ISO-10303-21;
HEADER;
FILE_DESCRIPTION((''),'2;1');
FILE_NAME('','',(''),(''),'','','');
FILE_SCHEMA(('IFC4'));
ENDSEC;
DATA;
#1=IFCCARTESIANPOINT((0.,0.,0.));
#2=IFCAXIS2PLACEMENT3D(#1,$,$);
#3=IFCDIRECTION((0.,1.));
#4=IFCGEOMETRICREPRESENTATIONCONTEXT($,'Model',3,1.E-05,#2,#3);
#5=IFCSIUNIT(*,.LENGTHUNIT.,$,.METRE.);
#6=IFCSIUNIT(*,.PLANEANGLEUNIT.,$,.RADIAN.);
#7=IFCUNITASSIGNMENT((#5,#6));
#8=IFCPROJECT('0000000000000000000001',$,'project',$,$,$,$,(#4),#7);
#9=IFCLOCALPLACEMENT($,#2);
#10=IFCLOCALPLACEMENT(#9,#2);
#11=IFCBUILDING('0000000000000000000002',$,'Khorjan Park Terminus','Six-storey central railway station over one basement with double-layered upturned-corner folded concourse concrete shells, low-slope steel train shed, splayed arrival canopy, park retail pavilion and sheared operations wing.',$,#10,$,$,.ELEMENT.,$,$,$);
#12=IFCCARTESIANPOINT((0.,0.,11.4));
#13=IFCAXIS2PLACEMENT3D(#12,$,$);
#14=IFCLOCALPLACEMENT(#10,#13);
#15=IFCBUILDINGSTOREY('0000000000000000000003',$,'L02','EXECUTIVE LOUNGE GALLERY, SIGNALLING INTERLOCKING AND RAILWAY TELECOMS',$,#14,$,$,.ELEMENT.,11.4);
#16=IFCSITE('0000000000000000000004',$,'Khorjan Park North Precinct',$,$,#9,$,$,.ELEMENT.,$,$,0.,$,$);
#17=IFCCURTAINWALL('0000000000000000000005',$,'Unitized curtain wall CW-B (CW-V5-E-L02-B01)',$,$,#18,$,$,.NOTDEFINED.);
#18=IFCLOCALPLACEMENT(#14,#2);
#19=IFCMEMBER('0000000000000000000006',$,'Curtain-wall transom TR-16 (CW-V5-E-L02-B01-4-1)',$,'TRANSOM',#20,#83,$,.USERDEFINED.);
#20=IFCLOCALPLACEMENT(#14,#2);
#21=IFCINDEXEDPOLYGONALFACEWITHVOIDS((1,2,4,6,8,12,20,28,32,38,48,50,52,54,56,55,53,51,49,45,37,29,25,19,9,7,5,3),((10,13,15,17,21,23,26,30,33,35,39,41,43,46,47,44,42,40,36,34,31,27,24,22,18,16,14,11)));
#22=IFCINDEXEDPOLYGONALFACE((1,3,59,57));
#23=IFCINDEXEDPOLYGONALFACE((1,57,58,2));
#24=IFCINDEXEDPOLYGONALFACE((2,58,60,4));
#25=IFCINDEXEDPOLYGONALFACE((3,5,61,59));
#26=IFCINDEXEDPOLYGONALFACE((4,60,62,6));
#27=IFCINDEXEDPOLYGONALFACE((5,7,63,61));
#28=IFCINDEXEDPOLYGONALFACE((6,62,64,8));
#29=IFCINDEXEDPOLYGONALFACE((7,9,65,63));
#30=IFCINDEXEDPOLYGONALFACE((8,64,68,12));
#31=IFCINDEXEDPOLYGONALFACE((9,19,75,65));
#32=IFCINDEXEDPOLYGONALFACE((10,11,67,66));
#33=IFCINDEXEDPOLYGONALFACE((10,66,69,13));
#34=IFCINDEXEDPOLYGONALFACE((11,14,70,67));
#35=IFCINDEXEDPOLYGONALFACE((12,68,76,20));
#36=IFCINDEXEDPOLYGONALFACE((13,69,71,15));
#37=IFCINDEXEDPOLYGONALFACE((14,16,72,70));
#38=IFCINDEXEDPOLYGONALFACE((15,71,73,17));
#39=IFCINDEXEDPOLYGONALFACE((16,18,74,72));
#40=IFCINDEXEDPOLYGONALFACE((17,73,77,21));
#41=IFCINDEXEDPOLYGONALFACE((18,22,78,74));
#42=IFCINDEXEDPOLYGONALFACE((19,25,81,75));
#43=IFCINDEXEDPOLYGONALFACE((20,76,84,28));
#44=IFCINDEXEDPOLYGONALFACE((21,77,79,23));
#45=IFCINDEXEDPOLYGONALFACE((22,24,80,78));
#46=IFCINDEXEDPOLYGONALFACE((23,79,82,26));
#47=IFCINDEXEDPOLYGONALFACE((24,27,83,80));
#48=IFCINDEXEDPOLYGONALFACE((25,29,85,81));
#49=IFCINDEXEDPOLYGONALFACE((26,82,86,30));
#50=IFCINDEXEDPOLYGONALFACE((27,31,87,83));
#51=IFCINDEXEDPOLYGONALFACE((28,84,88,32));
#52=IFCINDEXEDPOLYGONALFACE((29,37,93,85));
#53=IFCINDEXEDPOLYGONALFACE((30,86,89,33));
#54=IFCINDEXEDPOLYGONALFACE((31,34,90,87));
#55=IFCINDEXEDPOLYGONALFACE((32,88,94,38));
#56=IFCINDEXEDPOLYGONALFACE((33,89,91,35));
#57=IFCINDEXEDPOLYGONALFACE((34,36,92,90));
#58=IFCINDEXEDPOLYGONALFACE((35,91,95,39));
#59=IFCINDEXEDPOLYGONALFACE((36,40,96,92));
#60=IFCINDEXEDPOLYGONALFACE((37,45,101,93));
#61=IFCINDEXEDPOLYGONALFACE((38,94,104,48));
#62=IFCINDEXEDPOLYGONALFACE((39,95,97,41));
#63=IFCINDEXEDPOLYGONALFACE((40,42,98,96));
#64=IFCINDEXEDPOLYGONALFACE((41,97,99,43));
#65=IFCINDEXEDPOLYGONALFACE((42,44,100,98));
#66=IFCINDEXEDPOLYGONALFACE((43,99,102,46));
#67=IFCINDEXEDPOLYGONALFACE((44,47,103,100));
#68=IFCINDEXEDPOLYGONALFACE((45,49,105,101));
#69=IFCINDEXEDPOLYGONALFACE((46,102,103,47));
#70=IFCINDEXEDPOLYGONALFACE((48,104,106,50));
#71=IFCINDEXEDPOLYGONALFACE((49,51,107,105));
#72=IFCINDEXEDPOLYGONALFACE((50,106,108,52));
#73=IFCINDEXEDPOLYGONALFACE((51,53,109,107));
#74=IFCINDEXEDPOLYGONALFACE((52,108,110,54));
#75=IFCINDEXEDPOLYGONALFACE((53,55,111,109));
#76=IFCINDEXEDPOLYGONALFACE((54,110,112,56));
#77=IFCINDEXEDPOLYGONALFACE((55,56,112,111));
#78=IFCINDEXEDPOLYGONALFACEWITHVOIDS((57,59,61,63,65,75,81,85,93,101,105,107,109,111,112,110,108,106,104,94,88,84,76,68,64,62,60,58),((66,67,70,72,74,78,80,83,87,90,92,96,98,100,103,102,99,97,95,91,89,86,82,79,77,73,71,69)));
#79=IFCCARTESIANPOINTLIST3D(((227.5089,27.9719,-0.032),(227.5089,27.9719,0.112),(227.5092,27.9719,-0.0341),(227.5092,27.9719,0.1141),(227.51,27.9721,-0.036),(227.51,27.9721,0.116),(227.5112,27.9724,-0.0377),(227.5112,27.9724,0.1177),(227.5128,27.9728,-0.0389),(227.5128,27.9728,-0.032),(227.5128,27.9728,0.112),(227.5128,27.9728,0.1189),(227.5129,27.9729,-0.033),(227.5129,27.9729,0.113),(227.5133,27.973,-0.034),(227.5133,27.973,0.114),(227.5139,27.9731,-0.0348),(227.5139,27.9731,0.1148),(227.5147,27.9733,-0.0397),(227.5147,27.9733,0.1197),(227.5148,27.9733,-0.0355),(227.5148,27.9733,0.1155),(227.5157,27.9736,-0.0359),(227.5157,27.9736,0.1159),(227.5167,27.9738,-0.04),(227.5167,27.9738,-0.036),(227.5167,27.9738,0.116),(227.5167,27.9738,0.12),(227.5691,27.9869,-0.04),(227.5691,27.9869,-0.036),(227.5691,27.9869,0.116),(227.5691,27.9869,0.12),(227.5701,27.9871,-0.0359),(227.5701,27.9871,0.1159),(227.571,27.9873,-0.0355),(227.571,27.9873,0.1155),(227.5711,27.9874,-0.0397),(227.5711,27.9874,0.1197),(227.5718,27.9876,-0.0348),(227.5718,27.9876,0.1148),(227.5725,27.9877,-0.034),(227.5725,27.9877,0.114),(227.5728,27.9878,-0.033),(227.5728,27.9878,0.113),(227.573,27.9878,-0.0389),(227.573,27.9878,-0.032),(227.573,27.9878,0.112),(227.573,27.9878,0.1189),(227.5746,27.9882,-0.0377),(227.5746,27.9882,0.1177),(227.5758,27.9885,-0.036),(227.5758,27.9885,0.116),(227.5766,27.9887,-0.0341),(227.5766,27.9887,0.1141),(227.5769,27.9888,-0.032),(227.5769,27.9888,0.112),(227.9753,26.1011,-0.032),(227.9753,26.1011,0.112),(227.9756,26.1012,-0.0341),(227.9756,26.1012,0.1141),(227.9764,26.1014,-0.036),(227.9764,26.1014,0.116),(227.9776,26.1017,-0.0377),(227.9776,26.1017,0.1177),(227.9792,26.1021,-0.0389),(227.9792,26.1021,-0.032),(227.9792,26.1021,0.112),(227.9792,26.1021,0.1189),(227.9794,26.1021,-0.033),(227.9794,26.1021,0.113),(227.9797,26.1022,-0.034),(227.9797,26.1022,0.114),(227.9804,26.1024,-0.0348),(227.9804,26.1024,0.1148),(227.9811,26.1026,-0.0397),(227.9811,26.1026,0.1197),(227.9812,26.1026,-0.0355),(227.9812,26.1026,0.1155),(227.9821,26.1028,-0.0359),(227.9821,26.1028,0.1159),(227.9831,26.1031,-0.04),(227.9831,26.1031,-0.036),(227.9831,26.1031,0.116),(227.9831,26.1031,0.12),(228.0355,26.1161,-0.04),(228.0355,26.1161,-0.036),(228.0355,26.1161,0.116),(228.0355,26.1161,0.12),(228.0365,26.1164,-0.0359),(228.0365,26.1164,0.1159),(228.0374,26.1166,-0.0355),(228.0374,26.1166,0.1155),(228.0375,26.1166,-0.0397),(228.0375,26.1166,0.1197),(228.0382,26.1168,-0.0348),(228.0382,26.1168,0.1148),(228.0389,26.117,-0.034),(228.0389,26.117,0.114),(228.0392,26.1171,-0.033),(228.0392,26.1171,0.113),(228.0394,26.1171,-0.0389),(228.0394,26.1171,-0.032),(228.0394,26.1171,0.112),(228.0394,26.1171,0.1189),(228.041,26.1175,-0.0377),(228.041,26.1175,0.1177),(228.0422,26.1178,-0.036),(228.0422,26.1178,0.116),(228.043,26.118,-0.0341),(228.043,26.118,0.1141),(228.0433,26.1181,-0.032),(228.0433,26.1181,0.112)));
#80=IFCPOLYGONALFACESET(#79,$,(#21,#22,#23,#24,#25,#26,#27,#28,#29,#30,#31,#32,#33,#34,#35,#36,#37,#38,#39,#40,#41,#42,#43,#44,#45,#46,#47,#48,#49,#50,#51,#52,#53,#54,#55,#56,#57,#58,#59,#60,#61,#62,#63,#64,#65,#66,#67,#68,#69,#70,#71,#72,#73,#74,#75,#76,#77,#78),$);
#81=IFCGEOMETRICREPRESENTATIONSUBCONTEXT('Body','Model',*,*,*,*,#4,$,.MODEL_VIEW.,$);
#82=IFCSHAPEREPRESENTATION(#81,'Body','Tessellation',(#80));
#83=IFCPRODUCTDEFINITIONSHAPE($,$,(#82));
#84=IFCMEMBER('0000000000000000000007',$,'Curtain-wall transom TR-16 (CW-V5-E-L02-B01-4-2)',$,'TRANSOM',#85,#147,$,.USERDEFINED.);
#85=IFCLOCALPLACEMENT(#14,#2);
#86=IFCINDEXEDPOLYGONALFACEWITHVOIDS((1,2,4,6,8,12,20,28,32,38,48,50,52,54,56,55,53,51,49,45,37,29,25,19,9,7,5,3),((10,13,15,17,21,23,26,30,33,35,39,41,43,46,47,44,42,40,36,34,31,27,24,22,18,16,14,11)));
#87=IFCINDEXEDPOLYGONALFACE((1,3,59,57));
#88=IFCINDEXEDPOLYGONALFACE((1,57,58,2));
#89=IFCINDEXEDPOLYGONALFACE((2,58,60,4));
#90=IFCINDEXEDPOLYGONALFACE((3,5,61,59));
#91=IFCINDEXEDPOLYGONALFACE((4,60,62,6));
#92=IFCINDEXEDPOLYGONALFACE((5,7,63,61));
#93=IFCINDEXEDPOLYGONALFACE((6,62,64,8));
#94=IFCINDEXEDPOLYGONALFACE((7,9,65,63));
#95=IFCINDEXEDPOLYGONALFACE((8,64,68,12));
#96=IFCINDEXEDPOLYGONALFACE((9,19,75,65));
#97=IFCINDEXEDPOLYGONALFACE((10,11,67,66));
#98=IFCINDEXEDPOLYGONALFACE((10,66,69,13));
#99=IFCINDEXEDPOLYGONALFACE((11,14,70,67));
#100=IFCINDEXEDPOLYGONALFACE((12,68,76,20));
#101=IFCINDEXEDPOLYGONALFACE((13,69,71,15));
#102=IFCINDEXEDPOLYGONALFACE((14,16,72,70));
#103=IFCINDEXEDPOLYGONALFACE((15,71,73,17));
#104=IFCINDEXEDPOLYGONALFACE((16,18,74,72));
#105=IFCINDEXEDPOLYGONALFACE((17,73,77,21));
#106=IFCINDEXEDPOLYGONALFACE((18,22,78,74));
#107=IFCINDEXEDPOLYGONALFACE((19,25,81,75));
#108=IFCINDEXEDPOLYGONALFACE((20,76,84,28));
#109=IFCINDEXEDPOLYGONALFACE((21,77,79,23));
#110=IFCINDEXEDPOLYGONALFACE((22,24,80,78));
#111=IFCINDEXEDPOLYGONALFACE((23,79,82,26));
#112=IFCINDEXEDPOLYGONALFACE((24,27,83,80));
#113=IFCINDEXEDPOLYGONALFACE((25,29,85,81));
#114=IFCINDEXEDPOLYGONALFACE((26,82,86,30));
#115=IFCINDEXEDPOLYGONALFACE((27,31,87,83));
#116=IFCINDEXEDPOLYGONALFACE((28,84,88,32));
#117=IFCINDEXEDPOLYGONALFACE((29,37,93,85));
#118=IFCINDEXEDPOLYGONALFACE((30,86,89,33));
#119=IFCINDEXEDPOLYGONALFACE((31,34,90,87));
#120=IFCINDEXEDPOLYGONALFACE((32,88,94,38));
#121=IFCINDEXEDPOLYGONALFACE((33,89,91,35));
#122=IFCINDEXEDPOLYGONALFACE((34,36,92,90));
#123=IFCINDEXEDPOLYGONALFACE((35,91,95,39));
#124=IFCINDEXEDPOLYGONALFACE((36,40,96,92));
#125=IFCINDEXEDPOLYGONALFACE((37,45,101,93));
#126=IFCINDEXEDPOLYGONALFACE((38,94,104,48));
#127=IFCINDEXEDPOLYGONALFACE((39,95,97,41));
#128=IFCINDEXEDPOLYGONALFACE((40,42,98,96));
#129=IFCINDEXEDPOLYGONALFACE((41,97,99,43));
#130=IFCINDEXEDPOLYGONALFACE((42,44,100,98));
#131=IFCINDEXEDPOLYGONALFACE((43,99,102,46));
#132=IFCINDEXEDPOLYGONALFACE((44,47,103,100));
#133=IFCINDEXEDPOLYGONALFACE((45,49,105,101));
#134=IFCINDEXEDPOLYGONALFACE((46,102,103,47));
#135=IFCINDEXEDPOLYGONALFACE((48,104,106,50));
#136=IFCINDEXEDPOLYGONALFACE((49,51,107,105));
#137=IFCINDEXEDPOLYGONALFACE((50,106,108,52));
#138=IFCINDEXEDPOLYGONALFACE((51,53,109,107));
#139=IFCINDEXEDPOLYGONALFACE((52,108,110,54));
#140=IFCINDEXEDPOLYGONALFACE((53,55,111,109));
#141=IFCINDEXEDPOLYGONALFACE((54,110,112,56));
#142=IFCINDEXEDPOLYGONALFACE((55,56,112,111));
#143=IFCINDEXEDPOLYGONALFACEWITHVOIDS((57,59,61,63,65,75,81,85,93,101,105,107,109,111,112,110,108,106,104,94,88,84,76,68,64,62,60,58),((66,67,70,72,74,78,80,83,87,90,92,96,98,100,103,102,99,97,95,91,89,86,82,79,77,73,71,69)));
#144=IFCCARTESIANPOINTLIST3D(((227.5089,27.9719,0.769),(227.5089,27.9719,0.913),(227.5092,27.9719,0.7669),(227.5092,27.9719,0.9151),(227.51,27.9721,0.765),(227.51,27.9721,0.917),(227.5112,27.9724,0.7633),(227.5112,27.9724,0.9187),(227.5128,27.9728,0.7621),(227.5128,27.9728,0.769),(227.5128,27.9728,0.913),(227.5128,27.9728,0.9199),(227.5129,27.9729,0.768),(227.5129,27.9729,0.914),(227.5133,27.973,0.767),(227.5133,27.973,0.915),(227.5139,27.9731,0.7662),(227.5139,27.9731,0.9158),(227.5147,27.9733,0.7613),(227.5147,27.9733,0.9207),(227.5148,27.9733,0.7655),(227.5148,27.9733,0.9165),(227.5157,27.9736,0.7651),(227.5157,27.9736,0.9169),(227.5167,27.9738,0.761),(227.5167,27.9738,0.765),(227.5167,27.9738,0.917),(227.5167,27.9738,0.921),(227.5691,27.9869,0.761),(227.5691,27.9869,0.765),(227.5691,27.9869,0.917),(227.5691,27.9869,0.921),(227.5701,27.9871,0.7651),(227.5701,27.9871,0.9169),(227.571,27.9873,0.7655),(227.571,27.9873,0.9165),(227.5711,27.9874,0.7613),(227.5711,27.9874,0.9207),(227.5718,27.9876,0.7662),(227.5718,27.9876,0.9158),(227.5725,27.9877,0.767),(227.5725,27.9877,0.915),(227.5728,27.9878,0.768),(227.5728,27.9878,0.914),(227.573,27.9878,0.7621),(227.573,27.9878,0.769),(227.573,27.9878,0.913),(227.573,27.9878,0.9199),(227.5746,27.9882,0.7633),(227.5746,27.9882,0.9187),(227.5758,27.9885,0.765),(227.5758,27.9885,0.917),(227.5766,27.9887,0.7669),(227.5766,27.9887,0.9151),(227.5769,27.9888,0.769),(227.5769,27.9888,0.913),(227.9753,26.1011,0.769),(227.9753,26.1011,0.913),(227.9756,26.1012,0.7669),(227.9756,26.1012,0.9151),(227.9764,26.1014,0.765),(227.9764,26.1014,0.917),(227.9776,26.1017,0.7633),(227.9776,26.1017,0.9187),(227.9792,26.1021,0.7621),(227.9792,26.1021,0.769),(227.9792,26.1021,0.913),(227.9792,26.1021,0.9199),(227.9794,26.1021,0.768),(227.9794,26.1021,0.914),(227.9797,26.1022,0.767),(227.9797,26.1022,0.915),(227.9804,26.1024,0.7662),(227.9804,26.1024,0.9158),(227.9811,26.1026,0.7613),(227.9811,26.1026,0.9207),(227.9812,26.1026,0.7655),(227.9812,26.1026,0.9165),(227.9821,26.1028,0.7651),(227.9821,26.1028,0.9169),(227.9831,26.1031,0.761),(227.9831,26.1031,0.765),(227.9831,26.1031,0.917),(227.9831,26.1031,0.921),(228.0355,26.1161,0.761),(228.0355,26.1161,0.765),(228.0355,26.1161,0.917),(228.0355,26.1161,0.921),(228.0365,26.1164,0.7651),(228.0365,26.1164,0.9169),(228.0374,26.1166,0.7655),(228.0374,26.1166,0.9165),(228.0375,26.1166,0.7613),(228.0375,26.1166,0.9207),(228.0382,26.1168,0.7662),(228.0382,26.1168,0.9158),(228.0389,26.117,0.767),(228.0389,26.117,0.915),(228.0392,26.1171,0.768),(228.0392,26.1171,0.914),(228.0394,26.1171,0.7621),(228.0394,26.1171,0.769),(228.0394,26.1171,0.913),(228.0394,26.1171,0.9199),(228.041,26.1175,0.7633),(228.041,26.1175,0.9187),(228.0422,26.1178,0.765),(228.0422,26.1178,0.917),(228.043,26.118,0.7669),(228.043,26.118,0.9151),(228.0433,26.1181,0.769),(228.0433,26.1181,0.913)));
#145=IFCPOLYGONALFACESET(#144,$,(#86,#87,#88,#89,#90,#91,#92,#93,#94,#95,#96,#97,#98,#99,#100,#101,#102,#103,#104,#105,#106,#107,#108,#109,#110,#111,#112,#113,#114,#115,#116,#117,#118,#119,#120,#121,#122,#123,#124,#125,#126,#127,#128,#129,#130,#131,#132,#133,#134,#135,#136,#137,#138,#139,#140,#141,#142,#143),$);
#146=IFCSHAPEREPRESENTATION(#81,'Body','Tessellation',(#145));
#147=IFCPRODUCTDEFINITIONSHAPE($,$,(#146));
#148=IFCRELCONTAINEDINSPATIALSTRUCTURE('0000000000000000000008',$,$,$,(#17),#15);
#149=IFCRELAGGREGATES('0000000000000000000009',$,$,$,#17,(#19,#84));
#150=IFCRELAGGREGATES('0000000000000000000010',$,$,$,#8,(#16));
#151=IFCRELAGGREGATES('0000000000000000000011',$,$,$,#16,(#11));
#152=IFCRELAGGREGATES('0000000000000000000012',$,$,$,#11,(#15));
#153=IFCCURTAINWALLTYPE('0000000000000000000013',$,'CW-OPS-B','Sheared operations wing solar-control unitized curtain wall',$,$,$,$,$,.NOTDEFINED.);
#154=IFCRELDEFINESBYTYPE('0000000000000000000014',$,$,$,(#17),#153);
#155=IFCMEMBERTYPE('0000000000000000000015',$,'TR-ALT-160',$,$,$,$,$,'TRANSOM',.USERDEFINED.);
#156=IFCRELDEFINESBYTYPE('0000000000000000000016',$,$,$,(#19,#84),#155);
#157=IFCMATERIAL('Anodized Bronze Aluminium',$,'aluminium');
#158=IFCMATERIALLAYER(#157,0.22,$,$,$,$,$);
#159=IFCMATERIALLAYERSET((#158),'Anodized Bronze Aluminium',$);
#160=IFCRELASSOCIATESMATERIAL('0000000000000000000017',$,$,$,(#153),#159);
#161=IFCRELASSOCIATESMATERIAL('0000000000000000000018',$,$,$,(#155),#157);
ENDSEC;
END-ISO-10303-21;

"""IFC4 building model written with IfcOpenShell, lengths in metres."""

from ifc_helpers import new_model, si_unit, direction, frame, origin, origin_2d, place, context, subcontext, project, spatial, hollow_rectangle, extrude, material, layer, layer_set, material_profile, profile_set, type_object, element, aggregate, save


model = new_model("IFC4")

# Units and contexts
model_context = context("Model", 3, precision=1e-05, world=origin(), true_north=direction((0.0, 1.0)))
body_context = subcontext(model_context, "Body", "Model", "MODEL_VIEW")
ifc_project = project(units=[si_unit("LENGTHUNIT", "METRE"), si_unit("PLANEANGLEUNIT", "RADIAN")], contexts=[model_context])

# Site, building, storey
site_placement = place(None, origin())
site = spatial("IfcSite", under=ifc_project, at=site_placement, Name="Khorjan Park North Precinct", CompositionType="ELEMENT", RefElevation=0.0)
building_placement = place(site_placement, origin())
building = spatial("IfcBuilding", under=site, at=building_placement, Name="Khorjan Park Terminus", Description="Six-storey central railway station over one basement with double-layered upturned-corner folded concourse concrete shells, low-slope steel train shed, splayed arrival canopy, park retail pavilion and sheared operations wing.", CompositionType="ELEMENT")
storey_placement = place(building_placement, frame((0.0, 0.0, 11.4)))
storey = spatial("IfcBuildingStorey", under=building, at=storey_placement, Name="L02", Description="EXECUTIVE LOUNGE GALLERY, SIGNALLING INTERLOCKING AND RAILWAY TELECOMS", CompositionType="ELEMENT", Elevation=11.4)

# Curtain wall, members
ifc_material_1 = material(Name="Anodized Bronze Aluminium", Category="aluminium")
ifc_layer_1 = layer(ifc_material_1, 0.22)
ifc_layer_set_1 = layer_set([ifc_layer_1], Name="Anodized Bronze Aluminium")
curtain_wall_type = type_object("IfcCurtainWallType", Name="CW-OPS-B", Description="Sheared operations wing solar-control unitized curtain wall", PredefinedType="NOTDEFINED", material=ifc_layer_set_1)
curtain_wall_1_placement = place(storey_placement, origin())
curtain_wall_1 = element("IfcCurtainWall", 1, at=curtain_wall_1_placement, inside=storey, type_object=curtain_wall_type, Name="Unitized curtain wall CW-B (CW-V5-E-L02-B01)", PredefinedType="NOTDEFINED")
ifc_material_profile_1 = material_profile(ifc_material_1, hollow_rectangle(XDim=0.07, YDim=0.16, WallThickness=0.004, InnerFilletRadius=0.004, OuterFilletRadius=0.008, at=origin_2d()), Name="ALT 70x160x4")
ifc_profile_set_1 = profile_set([ifc_material_profile_1], Name="Anodized Bronze Aluminium")
member_type_1 = type_object("IfcMemberType", Name="TR-ALT-160", ElementType="TRANSOM", PredefinedType="USERDEFINED", material=ifc_profile_set_1)
member_1_placement = place(storey_placement, frame((228.0093, 26.1096, 0.04), z_axis=(-0.241913, 0.970298, 0.0), x_axis=(-0.970298, -0.241913, 0.0)))
member_1 = element("IfcMember", 2, at=member_1_placement, type_object=member_type_1, Name="Curtain-wall transom TR-16 (CW-V5-E-L02-B01-4-1)", ObjectType="TRANSOM", PredefinedType="USERDEFINED", context=body_context, shape_type="SweptSolid", body=[
    extrude(hollow_rectangle(XDim=0.07, YDim=0.16, WallThickness=0.004, InnerFilletRadius=0.004, OuterFilletRadius=0.008, at=origin_2d()), origin(), (0.0, 0.0, 1.0), 1.928),
])
member_2_placement = place(storey_placement, frame((228.0093, 26.1096, 0.841), z_axis=(-0.241913, 0.970298, 0.0), x_axis=(-0.970298, -0.241913, 0.0)))
member_2 = element("IfcMember", 3, at=member_2_placement, type_object=member_type_1, Name="Curtain-wall transom TR-16 (CW-V5-E-L02-B01-4-2)", ObjectType="TRANSOM", PredefinedType="USERDEFINED", context=body_context, shape_type="SweptSolid", body=[
    extrude(hollow_rectangle(XDim=0.07, YDim=0.16, WallThickness=0.004, InnerFilletRadius=0.004, OuterFilletRadius=0.008, at=origin_2d()), origin(), (0.0, 0.0, 1.0), 1.928),
])

aggregate(curtain_wall_1, [member_1, member_2])

save(model, "model.ifc")
